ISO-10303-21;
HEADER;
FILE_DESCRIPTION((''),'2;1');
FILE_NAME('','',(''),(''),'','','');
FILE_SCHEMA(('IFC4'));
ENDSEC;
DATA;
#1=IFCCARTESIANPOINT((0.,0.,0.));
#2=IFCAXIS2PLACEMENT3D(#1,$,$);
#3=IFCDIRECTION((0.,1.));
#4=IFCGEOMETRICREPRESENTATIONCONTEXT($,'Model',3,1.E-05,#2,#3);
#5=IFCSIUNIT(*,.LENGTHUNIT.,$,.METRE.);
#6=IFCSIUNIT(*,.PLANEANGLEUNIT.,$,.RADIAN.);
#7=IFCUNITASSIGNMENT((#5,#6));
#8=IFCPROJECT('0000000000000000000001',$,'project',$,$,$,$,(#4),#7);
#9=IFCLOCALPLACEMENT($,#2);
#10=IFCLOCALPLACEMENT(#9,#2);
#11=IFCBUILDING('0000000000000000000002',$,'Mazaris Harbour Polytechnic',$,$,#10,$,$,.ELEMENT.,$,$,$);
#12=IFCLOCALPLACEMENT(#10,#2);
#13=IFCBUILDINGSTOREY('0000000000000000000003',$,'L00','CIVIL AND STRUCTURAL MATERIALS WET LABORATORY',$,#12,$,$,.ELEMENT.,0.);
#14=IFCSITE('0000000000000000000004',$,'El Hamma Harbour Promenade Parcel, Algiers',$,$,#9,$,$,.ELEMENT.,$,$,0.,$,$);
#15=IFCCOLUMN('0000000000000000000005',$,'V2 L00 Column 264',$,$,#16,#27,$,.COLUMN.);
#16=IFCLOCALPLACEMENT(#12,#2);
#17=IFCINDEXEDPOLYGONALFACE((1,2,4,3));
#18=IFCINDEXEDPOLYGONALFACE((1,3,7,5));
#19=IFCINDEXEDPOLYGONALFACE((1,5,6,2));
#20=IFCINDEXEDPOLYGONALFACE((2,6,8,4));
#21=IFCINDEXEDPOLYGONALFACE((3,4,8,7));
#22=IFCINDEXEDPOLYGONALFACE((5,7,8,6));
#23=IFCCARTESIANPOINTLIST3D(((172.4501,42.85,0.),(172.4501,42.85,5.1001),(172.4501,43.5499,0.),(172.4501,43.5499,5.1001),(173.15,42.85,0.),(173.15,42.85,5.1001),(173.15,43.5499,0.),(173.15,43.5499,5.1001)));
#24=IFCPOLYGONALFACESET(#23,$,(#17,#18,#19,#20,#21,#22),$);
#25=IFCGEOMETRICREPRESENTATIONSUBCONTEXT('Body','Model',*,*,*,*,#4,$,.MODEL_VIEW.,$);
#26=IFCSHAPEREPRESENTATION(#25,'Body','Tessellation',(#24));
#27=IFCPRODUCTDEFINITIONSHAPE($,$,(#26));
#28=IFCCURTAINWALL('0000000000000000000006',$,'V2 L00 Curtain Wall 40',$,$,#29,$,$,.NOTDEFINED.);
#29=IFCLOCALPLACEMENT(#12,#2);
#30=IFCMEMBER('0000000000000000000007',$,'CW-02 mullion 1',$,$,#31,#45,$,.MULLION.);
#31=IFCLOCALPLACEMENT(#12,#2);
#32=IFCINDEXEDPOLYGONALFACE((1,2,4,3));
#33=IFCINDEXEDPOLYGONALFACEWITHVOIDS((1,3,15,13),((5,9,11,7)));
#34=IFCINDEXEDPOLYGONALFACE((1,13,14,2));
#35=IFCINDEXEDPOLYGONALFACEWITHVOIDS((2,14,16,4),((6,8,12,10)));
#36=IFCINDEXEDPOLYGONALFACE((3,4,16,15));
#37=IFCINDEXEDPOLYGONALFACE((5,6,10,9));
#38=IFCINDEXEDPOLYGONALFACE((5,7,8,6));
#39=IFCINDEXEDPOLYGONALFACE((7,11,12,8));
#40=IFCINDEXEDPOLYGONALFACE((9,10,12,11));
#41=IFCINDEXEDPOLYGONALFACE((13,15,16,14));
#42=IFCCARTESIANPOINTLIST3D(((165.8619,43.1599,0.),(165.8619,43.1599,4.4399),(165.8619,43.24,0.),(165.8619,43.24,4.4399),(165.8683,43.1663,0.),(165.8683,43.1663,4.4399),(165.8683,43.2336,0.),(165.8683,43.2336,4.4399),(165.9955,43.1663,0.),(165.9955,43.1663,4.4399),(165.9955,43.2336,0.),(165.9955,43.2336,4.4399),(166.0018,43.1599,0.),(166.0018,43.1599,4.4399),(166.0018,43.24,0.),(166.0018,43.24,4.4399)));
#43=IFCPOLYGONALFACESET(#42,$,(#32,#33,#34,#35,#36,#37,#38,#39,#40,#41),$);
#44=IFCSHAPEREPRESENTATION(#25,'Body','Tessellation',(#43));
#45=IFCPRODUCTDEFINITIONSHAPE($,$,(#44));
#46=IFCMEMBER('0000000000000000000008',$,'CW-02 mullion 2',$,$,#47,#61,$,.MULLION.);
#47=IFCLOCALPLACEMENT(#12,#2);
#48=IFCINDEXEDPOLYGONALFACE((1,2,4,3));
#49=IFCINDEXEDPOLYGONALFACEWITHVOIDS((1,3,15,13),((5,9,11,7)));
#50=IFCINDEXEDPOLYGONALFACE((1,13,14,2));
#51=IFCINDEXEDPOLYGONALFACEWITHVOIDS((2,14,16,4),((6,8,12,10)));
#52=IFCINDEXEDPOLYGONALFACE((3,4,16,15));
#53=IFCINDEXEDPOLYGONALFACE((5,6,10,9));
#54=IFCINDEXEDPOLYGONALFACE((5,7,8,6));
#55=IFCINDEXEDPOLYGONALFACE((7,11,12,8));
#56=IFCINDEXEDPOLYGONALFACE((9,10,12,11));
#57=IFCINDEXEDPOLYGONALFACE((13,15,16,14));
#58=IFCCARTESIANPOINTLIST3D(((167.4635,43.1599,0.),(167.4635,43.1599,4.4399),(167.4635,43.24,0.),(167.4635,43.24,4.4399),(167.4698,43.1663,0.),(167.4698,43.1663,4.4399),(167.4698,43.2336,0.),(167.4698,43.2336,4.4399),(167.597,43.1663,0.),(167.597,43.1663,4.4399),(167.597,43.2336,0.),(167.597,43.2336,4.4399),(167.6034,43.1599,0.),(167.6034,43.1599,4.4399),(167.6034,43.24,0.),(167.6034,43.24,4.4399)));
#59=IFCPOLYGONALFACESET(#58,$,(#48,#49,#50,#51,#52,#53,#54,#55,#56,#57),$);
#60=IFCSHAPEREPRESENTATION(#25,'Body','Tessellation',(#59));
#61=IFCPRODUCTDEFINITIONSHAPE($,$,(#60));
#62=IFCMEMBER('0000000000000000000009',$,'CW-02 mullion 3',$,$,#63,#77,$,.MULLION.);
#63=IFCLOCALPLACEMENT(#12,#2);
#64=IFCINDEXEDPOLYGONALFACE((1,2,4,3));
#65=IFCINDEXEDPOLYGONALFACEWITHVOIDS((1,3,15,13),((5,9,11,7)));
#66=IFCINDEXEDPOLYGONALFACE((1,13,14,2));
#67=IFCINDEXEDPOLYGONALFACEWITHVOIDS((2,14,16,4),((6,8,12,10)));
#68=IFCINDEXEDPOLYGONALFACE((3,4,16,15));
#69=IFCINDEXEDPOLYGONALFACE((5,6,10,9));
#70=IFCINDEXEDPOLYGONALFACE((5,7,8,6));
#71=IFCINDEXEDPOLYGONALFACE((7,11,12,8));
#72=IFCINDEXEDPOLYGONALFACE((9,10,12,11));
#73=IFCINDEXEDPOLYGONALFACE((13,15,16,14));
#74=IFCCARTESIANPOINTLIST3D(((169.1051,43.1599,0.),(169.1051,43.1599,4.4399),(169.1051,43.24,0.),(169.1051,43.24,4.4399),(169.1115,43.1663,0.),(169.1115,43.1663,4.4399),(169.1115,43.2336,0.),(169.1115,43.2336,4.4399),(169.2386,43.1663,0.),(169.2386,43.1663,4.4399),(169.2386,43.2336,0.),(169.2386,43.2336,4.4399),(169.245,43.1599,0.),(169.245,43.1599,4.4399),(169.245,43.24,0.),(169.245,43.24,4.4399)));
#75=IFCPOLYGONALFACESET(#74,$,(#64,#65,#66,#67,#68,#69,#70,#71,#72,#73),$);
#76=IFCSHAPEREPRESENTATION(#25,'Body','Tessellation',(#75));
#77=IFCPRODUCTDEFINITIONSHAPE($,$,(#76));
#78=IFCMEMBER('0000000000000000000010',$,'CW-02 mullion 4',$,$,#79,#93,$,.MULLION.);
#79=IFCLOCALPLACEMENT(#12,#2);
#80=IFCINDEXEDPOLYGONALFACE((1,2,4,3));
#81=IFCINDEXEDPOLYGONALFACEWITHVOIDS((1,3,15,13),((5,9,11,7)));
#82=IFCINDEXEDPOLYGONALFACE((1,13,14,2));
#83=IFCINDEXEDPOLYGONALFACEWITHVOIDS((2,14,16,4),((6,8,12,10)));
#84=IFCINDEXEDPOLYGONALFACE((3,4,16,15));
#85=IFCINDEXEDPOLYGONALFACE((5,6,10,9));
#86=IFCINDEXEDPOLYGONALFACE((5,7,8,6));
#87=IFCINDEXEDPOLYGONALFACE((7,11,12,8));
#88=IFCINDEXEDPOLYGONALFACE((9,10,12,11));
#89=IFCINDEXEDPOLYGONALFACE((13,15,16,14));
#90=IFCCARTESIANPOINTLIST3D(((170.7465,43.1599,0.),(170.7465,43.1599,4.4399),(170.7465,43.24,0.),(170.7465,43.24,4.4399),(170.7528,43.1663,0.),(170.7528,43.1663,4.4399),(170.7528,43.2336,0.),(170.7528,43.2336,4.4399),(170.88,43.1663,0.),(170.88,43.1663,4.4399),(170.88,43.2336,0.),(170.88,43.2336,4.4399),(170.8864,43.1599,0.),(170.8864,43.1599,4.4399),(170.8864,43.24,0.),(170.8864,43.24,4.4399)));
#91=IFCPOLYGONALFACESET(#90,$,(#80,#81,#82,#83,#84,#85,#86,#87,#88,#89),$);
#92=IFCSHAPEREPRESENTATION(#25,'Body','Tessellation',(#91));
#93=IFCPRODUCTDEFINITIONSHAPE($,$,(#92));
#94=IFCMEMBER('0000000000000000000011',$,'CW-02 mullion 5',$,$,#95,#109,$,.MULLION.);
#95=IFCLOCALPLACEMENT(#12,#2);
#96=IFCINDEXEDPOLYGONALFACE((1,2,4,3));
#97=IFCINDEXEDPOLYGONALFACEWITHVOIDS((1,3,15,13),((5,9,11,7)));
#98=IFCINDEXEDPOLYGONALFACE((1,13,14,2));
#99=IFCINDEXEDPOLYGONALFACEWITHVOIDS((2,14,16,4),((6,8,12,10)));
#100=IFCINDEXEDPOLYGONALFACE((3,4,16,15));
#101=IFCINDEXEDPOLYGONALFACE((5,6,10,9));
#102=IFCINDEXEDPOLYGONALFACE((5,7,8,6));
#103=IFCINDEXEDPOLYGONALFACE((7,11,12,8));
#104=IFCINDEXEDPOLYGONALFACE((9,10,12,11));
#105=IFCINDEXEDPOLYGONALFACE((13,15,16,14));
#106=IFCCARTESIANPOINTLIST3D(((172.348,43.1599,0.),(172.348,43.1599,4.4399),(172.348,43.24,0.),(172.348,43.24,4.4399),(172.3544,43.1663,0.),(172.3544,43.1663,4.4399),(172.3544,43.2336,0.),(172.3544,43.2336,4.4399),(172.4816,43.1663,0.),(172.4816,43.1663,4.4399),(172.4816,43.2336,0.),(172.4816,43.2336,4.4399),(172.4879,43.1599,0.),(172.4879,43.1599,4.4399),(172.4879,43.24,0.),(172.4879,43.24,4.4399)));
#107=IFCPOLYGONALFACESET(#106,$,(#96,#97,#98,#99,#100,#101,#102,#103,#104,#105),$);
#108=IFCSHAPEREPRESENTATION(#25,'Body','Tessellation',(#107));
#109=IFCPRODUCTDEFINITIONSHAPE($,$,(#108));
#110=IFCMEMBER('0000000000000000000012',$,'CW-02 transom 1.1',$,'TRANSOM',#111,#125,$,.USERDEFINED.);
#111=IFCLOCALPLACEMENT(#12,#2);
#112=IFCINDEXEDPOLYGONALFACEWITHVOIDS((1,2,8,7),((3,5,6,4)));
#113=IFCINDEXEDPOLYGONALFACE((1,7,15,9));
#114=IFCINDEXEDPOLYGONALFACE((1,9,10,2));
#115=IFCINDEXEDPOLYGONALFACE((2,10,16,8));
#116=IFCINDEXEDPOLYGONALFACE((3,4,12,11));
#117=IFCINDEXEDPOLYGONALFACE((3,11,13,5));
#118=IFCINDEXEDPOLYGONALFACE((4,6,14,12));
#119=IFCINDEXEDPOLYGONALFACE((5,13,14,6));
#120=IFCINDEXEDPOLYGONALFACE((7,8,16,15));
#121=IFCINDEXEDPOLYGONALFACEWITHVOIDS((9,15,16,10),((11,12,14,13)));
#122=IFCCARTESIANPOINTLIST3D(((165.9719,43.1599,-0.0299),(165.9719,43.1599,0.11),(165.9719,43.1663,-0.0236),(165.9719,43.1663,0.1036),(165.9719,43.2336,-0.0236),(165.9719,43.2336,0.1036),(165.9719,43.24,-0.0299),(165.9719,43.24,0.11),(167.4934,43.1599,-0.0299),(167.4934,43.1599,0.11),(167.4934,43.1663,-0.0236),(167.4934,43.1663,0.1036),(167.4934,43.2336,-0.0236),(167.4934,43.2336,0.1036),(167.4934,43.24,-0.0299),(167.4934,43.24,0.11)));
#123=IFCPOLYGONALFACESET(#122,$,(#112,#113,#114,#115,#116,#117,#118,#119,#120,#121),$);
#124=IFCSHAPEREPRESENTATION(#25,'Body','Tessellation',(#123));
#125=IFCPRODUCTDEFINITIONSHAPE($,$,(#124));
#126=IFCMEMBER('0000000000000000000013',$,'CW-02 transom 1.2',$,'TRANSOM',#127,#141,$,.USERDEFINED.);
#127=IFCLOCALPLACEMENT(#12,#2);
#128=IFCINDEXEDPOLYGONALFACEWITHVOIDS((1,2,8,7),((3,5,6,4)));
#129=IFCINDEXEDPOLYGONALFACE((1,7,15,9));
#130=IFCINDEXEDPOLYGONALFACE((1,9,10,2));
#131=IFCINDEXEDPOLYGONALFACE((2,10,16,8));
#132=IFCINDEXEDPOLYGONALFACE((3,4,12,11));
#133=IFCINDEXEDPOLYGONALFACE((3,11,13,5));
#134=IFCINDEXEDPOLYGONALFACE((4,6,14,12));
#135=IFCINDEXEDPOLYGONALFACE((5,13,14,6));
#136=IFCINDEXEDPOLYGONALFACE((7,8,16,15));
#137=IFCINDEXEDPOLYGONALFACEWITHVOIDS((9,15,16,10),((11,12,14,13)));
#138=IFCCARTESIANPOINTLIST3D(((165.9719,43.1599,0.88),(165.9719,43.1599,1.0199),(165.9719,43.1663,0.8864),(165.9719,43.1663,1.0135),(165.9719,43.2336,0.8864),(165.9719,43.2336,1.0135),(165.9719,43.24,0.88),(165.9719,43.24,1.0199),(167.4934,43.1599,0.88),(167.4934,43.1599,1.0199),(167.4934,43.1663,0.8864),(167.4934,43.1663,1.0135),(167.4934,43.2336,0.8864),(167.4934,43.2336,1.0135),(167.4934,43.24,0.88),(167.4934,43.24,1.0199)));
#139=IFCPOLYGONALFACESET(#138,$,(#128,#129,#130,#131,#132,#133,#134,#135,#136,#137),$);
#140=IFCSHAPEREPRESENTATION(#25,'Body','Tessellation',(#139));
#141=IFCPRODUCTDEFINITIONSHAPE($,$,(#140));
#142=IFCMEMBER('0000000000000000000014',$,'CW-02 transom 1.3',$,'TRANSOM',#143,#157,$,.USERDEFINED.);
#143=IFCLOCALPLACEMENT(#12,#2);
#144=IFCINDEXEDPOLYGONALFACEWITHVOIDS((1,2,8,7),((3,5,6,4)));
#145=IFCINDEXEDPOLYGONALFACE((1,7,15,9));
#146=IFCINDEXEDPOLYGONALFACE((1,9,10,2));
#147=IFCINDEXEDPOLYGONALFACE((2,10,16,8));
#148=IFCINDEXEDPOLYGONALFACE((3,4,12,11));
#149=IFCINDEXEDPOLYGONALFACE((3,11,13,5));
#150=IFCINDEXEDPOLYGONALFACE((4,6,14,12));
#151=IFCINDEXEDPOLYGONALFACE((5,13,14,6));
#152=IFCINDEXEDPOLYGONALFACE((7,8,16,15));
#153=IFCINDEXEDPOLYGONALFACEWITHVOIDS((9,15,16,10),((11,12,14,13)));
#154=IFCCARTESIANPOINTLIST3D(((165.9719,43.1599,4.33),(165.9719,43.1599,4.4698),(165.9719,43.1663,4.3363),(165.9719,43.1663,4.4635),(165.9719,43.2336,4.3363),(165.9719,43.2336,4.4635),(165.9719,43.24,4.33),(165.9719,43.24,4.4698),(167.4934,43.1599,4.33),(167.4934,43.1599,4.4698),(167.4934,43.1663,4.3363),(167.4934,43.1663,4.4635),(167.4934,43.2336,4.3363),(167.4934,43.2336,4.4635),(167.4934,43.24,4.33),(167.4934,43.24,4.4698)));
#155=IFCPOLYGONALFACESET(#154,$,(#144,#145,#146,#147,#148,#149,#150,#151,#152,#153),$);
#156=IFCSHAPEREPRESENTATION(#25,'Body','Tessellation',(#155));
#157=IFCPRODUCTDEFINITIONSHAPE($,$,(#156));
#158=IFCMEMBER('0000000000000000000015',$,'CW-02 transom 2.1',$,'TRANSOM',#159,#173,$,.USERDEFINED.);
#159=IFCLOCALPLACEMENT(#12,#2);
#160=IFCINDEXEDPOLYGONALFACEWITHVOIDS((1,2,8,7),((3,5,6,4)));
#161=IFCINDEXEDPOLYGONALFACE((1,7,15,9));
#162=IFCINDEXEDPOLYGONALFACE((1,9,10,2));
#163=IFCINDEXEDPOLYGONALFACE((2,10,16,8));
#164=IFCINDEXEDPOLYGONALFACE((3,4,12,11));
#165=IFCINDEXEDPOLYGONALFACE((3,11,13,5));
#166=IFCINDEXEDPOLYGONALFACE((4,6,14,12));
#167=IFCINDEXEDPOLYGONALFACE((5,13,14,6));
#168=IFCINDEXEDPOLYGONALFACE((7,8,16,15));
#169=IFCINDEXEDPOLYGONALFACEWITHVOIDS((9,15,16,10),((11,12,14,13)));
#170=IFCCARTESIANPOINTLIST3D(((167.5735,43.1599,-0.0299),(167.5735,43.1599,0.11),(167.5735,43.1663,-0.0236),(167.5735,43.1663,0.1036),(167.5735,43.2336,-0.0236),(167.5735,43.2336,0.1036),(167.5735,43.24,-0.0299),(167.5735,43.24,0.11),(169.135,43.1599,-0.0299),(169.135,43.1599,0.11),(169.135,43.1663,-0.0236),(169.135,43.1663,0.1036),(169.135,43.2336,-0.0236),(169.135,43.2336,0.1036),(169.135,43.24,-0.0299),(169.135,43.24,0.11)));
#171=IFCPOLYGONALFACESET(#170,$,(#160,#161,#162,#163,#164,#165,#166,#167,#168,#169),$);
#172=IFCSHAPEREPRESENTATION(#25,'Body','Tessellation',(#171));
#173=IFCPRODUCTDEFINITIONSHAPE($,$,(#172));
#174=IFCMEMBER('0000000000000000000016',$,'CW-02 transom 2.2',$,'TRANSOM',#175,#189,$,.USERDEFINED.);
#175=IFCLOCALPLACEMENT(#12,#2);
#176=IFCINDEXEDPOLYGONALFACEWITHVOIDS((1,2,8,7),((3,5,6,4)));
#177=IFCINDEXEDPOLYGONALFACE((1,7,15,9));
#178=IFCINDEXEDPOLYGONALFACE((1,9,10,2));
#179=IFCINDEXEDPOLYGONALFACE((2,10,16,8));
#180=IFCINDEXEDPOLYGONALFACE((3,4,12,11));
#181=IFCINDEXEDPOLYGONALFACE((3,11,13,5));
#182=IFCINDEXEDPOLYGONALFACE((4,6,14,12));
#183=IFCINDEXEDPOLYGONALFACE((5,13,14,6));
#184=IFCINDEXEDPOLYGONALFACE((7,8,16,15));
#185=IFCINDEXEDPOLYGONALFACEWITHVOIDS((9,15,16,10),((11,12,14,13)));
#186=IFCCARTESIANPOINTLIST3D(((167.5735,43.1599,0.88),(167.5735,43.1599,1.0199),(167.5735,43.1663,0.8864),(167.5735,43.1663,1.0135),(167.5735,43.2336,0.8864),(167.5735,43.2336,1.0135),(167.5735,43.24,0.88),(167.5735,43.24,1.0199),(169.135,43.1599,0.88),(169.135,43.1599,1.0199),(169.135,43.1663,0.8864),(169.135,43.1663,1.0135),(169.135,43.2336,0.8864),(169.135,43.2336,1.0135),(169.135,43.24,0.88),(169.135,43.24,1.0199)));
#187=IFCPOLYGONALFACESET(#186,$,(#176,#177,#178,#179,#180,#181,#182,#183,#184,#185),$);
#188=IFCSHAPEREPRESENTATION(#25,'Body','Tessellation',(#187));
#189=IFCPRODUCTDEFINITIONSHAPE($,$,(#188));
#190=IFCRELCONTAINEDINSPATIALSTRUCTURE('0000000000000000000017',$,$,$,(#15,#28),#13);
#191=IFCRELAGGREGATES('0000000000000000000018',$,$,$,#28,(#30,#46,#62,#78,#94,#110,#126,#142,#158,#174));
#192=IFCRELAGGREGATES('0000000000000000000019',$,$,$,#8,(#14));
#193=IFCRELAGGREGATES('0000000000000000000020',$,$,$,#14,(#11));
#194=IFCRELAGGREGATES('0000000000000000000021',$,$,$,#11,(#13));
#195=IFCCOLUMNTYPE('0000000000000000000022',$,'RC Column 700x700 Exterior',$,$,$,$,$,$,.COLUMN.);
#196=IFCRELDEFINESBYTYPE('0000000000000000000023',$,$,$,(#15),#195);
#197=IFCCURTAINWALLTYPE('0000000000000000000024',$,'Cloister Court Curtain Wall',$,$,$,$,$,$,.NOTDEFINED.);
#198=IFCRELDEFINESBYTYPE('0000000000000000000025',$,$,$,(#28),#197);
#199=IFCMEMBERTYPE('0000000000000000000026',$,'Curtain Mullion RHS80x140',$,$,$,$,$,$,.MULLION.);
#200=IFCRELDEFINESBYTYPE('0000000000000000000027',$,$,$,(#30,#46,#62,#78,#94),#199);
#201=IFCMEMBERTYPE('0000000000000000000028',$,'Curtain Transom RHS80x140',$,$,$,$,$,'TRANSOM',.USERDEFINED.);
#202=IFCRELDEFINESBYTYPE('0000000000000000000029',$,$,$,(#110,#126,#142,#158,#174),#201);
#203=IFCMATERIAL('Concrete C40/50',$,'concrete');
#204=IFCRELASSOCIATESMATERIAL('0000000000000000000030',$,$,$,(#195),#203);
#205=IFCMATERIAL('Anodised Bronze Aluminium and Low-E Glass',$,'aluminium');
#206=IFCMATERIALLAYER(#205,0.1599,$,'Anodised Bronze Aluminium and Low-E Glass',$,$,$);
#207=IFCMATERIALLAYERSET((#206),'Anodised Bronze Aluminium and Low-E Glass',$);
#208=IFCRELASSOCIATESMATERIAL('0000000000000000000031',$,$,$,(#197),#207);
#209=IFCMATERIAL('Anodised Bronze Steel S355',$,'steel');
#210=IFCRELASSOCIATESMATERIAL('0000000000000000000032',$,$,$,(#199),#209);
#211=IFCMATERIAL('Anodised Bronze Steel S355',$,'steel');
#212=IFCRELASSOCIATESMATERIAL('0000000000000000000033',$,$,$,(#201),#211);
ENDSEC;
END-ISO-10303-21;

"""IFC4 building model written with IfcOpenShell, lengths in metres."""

from ifc_helpers import new_model, si_unit, direction, frame, origin, origin_2d, place, context, subcontext, project, spatial, rectangle, hollow_rectangle, extrude, material, layer, layer_set, material_profile, profile_set, type_object, element, aggregate, save


model = new_model("IFC4")

# Units and contexts
model_context = context("Model", 3, precision=1e-05, world=origin(), true_north=direction((0.0, 1.0)))
body_context = subcontext(model_context, "Body", "Model", "MODEL_VIEW")
ifc_project = project(units=[si_unit("LENGTHUNIT", "METRE"), si_unit("PLANEANGLEUNIT", "RADIAN")], contexts=[model_context])

# Site, building, storey
site_placement = place(None, origin())
site = spatial("IfcSite", under=ifc_project, at=site_placement, Name="El Hamma Harbour Promenade Parcel, Algiers", CompositionType="ELEMENT", RefElevation=0.0)
building_placement = place(site_placement, origin())
building = spatial("IfcBuilding", under=site, at=building_placement, Name="Mazaris Harbour Polytechnic", CompositionType="ELEMENT")
storey_placement = place(building_placement, origin())
storey = spatial("IfcBuildingStorey", under=building, at=storey_placement, Name="L00", Description="CIVIL AND STRUCTURAL MATERIALS WET LABORATORY", CompositionType="ELEMENT", Elevation=0.0)

# Column
ifc_material_1 = material(Name="Concrete C40/50", Category="concrete")
ifc_material_profile_1 = material_profile(ifc_material_1, rectangle(XDim=0.7, YDim=0.7, at=origin_2d()), Name="RECT700x700")
ifc_profile_set_1 = profile_set([ifc_material_profile_1], Name="Concrete C40/50")
column_type = type_object("IfcColumnType", Name="RC Column 700x700 Exterior", PredefinedType="COLUMN", material=ifc_profile_set_1)
column_placement = place(storey_placement, frame((172.8, 43.2, 0.0), z_axis=(0.0, 0.0, 1.0), x_axis=(1.0, 0.0, 0.0)))
element("IfcColumn", 1, at=column_placement, inside=storey, type_object=column_type, Name="V2 L00 Column 264", PredefinedType="COLUMN", context=body_context, shape_type="SweptSolid", body=[
    extrude(rectangle(XDim=0.7, YDim=0.7, at=origin_2d()), origin(), (0.0, 0.0, 1.0), 5.1001),
])

# Curtain wall, members
ifc_material_2 = material(Name="Anodised Bronze Aluminium and Low-E Glass", Category="aluminium")
ifc_layer_1 = layer(ifc_material_2, 0.1599, Name="Anodised Bronze Aluminium and Low-E Glass")
ifc_layer_set_1 = layer_set([ifc_layer_1], Name="Anodised Bronze Aluminium and Low-E Glass")
curtain_wall_type = type_object("IfcCurtainWallType", Name="Cloister Court Curtain Wall", PredefinedType="NOTDEFINED", material=ifc_layer_set_1)
curtain_wall_placement = place(storey_placement, origin())
curtain_wall = element("IfcCurtainWall", 2, at=curtain_wall_placement, inside=storey, type_object=curtain_wall_type, Name="V2 L00 Curtain Wall 40", PredefinedType="NOTDEFINED")
ifc_material_3 = material(Name="Anodised Bronze Steel S355", Category="steel")
ifc_material_profile_2 = material_profile(ifc_material_3, hollow_rectangle(XDim=0.0801, YDim=0.1399, WallThickness=0.0063, at=origin_2d()), Name="RHS 80x140x6.3")
ifc_profile_set_2 = profile_set([ifc_material_profile_2], Name="Anodised Bronze Steel S355")
member_type_1 = type_object("IfcMemberType", Name="Curtain Mullion RHS80x140", PredefinedType="MULLION", material=ifc_profile_set_2)
member_1_placement = place(storey_placement, frame((165.9319, 43.2, 0.0), z_axis=(0.0, 0.0, 1.0), x_axis=(0.0, 1.0, 0.0)))
member_1 = element("IfcMember", 3, at=member_1_placement, type_object=member_type_1, Name="CW-02 mullion 1", PredefinedType="MULLION", context=body_context, shape_type="SweptSolid", body=[
    extrude(hollow_rectangle(XDim=0.0801, YDim=0.1399, WallThickness=0.0063, at=origin_2d()), origin(), (0.0, 0.0, 1.0), 4.4399),
])
member_2_placement = place(storey_placement, frame((167.5334, 43.2, 0.0), z_axis=(0.0, 0.0, 1.0), x_axis=(0.0, 1.0, 0.0)))
member_2 = element("IfcMember", 4, at=member_2_placement, type_object=member_type_1, Name="CW-02 mullion 2", PredefinedType="MULLION", context=body_context, shape_type="SweptSolid", body=[
    extrude(hollow_rectangle(XDim=0.0801, YDim=0.1399, WallThickness=0.0063, at=origin_2d()), origin(), (0.0, 0.0, 1.0), 4.4399),
])
member_3_placement = place(storey_placement, frame((169.175, 43.2, 0.0), z_axis=(0.0, 0.0, 1.0), x_axis=(0.0, 1.0, 0.0)))
member_3 = element("IfcMember", 5, at=member_3_placement, type_object=member_type_1, Name="CW-02 mullion 3", PredefinedType="MULLION", context=body_context, shape_type="SweptSolid", body=[
    extrude(hollow_rectangle(XDim=0.0801, YDim=0.1399, WallThickness=0.0063, at=origin_2d()), origin(), (0.0, 0.0, 1.0), 4.4399),
])
member_4_placement = place(storey_placement, frame((170.8164, 43.2, 0.0), z_axis=(0.0, 0.0, 1.0), x_axis=(0.0, 1.0, 0.0)))
member_4 = element("IfcMember", 6, at=member_4_placement, type_object=member_type_1, Name="CW-02 mullion 4", PredefinedType="MULLION", context=body_context, shape_type="SweptSolid", body=[
    extrude(hollow_rectangle(XDim=0.0801, YDim=0.1399, WallThickness=0.0063, at=origin_2d()), origin(), (0.0, 0.0, 1.0), 4.4399),
])
member_5_placement = place(storey_placement, frame((172.418, 43.2, 0.0), z_axis=(0.0, 0.0, 1.0), x_axis=(0.0, 1.0, 0.0)))
member_5 = element("IfcMember", 7, at=member_5_placement, type_object=member_type_1, Name="CW-02 mullion 5", PredefinedType="MULLION", context=body_context, shape_type="SweptSolid", body=[
    extrude(hollow_rectangle(XDim=0.0801, YDim=0.1399, WallThickness=0.0063, at=origin_2d()), origin(), (0.0, 0.0, 1.0), 4.4399),
])
ifc_material_4 = material(Name="Anodised Bronze Steel S355", Category="steel")
ifc_material_profile_3 = material_profile(ifc_material_4, hollow_rectangle(XDim=0.0801, YDim=0.1399, WallThickness=0.0063, at=origin_2d()), Name="RHS 80x140x6.3")
ifc_profile_set_3 = profile_set([ifc_material_profile_3], Name="Anodised Bronze Steel S355")
member_type_2 = type_object("IfcMemberType", Name="Curtain Transom RHS80x140", ElementType="TRANSOM", PredefinedType="USERDEFINED", material=ifc_profile_set_3)
member_6_placement = place(storey_placement, frame((165.9719, 43.2, 0.04), z_axis=(1.0, 0.0, 0.0), x_axis=(0.0, 1.0, 0.0)))
member_6 = element("IfcMember", 8, at=member_6_placement, type_object=member_type_2, Name="CW-02 transom 1.1", ObjectType="TRANSOM", PredefinedType="USERDEFINED", context=body_context, shape_type="SweptSolid", body=[
    extrude(hollow_rectangle(XDim=0.0801, YDim=0.1399, WallThickness=0.0063, at=origin_2d()), origin(), (0.0, 0.0, 1.0), 1.5215),
])
member_7_placement = place(storey_placement, frame((165.9719, 43.2, 0.95), z_axis=(1.0, 0.0, 0.0), x_axis=(0.0, 1.0, 0.0)))
member_7 = element("IfcMember", 9, at=member_7_placement, type_object=member_type_2, Name="CW-02 transom 1.2", ObjectType="TRANSOM", PredefinedType="USERDEFINED", context=body_context, shape_type="SweptSolid", body=[
    extrude(hollow_rectangle(XDim=0.0801, YDim=0.1399, WallThickness=0.0063, at=origin_2d()), origin(), (0.0, 0.0, 1.0), 1.5215),
])
member_8_placement = place(storey_placement, frame((165.9719, 43.2, 4.3999), z_axis=(1.0, 0.0, 0.0), x_axis=(0.0, 1.0, 0.0)))
member_8 = element("IfcMember", 10, at=member_8_placement, type_object=member_type_2, Name="CW-02 transom 1.3", ObjectType="TRANSOM", PredefinedType="USERDEFINED", context=body_context, shape_type="SweptSolid", body=[
    extrude(hollow_rectangle(XDim=0.0801, YDim=0.1399, WallThickness=0.0063, at=origin_2d()), origin(), (0.0, 0.0, 1.0), 1.5215),
])
member_9_placement = place(storey_placement, frame((167.5735, 43.2, 0.04), z_axis=(1.0, 0.0, 0.0), x_axis=(0.0, 1.0, 0.0)))
member_9 = element("IfcMember", 11, at=member_9_placement, type_object=member_type_2, Name="CW-02 transom 2.1", ObjectType="TRANSOM", PredefinedType="USERDEFINED", context=body_context, shape_type="SweptSolid", body=[
    extrude(hollow_rectangle(XDim=0.0801, YDim=0.1399, WallThickness=0.0063, at=origin_2d()), origin(), (0.0, 0.0, 1.0), 1.5615),
])
member_10_placement = place(storey_placement, frame((167.5735, 43.2, 0.95), z_axis=(1.0, 0.0, 0.0), x_axis=(0.0, 1.0, 0.0)))
member_10 = element("IfcMember", 12, at=member_10_placement, type_object=member_type_2, Name="CW-02 transom 2.2", ObjectType="TRANSOM", PredefinedType="USERDEFINED", context=body_context, shape_type="SweptSolid", body=[
    extrude(hollow_rectangle(XDim=0.0801, YDim=0.1399, WallThickness=0.0063, at=origin_2d()), origin(), (0.0, 0.0, 1.0), 1.5615),
])
aggregate(curtain_wall, [member_1, member_2, member_3, member_4, member_5, member_6, member_7, member_8, member_9, member_10])

save(model, "model.ifc")
